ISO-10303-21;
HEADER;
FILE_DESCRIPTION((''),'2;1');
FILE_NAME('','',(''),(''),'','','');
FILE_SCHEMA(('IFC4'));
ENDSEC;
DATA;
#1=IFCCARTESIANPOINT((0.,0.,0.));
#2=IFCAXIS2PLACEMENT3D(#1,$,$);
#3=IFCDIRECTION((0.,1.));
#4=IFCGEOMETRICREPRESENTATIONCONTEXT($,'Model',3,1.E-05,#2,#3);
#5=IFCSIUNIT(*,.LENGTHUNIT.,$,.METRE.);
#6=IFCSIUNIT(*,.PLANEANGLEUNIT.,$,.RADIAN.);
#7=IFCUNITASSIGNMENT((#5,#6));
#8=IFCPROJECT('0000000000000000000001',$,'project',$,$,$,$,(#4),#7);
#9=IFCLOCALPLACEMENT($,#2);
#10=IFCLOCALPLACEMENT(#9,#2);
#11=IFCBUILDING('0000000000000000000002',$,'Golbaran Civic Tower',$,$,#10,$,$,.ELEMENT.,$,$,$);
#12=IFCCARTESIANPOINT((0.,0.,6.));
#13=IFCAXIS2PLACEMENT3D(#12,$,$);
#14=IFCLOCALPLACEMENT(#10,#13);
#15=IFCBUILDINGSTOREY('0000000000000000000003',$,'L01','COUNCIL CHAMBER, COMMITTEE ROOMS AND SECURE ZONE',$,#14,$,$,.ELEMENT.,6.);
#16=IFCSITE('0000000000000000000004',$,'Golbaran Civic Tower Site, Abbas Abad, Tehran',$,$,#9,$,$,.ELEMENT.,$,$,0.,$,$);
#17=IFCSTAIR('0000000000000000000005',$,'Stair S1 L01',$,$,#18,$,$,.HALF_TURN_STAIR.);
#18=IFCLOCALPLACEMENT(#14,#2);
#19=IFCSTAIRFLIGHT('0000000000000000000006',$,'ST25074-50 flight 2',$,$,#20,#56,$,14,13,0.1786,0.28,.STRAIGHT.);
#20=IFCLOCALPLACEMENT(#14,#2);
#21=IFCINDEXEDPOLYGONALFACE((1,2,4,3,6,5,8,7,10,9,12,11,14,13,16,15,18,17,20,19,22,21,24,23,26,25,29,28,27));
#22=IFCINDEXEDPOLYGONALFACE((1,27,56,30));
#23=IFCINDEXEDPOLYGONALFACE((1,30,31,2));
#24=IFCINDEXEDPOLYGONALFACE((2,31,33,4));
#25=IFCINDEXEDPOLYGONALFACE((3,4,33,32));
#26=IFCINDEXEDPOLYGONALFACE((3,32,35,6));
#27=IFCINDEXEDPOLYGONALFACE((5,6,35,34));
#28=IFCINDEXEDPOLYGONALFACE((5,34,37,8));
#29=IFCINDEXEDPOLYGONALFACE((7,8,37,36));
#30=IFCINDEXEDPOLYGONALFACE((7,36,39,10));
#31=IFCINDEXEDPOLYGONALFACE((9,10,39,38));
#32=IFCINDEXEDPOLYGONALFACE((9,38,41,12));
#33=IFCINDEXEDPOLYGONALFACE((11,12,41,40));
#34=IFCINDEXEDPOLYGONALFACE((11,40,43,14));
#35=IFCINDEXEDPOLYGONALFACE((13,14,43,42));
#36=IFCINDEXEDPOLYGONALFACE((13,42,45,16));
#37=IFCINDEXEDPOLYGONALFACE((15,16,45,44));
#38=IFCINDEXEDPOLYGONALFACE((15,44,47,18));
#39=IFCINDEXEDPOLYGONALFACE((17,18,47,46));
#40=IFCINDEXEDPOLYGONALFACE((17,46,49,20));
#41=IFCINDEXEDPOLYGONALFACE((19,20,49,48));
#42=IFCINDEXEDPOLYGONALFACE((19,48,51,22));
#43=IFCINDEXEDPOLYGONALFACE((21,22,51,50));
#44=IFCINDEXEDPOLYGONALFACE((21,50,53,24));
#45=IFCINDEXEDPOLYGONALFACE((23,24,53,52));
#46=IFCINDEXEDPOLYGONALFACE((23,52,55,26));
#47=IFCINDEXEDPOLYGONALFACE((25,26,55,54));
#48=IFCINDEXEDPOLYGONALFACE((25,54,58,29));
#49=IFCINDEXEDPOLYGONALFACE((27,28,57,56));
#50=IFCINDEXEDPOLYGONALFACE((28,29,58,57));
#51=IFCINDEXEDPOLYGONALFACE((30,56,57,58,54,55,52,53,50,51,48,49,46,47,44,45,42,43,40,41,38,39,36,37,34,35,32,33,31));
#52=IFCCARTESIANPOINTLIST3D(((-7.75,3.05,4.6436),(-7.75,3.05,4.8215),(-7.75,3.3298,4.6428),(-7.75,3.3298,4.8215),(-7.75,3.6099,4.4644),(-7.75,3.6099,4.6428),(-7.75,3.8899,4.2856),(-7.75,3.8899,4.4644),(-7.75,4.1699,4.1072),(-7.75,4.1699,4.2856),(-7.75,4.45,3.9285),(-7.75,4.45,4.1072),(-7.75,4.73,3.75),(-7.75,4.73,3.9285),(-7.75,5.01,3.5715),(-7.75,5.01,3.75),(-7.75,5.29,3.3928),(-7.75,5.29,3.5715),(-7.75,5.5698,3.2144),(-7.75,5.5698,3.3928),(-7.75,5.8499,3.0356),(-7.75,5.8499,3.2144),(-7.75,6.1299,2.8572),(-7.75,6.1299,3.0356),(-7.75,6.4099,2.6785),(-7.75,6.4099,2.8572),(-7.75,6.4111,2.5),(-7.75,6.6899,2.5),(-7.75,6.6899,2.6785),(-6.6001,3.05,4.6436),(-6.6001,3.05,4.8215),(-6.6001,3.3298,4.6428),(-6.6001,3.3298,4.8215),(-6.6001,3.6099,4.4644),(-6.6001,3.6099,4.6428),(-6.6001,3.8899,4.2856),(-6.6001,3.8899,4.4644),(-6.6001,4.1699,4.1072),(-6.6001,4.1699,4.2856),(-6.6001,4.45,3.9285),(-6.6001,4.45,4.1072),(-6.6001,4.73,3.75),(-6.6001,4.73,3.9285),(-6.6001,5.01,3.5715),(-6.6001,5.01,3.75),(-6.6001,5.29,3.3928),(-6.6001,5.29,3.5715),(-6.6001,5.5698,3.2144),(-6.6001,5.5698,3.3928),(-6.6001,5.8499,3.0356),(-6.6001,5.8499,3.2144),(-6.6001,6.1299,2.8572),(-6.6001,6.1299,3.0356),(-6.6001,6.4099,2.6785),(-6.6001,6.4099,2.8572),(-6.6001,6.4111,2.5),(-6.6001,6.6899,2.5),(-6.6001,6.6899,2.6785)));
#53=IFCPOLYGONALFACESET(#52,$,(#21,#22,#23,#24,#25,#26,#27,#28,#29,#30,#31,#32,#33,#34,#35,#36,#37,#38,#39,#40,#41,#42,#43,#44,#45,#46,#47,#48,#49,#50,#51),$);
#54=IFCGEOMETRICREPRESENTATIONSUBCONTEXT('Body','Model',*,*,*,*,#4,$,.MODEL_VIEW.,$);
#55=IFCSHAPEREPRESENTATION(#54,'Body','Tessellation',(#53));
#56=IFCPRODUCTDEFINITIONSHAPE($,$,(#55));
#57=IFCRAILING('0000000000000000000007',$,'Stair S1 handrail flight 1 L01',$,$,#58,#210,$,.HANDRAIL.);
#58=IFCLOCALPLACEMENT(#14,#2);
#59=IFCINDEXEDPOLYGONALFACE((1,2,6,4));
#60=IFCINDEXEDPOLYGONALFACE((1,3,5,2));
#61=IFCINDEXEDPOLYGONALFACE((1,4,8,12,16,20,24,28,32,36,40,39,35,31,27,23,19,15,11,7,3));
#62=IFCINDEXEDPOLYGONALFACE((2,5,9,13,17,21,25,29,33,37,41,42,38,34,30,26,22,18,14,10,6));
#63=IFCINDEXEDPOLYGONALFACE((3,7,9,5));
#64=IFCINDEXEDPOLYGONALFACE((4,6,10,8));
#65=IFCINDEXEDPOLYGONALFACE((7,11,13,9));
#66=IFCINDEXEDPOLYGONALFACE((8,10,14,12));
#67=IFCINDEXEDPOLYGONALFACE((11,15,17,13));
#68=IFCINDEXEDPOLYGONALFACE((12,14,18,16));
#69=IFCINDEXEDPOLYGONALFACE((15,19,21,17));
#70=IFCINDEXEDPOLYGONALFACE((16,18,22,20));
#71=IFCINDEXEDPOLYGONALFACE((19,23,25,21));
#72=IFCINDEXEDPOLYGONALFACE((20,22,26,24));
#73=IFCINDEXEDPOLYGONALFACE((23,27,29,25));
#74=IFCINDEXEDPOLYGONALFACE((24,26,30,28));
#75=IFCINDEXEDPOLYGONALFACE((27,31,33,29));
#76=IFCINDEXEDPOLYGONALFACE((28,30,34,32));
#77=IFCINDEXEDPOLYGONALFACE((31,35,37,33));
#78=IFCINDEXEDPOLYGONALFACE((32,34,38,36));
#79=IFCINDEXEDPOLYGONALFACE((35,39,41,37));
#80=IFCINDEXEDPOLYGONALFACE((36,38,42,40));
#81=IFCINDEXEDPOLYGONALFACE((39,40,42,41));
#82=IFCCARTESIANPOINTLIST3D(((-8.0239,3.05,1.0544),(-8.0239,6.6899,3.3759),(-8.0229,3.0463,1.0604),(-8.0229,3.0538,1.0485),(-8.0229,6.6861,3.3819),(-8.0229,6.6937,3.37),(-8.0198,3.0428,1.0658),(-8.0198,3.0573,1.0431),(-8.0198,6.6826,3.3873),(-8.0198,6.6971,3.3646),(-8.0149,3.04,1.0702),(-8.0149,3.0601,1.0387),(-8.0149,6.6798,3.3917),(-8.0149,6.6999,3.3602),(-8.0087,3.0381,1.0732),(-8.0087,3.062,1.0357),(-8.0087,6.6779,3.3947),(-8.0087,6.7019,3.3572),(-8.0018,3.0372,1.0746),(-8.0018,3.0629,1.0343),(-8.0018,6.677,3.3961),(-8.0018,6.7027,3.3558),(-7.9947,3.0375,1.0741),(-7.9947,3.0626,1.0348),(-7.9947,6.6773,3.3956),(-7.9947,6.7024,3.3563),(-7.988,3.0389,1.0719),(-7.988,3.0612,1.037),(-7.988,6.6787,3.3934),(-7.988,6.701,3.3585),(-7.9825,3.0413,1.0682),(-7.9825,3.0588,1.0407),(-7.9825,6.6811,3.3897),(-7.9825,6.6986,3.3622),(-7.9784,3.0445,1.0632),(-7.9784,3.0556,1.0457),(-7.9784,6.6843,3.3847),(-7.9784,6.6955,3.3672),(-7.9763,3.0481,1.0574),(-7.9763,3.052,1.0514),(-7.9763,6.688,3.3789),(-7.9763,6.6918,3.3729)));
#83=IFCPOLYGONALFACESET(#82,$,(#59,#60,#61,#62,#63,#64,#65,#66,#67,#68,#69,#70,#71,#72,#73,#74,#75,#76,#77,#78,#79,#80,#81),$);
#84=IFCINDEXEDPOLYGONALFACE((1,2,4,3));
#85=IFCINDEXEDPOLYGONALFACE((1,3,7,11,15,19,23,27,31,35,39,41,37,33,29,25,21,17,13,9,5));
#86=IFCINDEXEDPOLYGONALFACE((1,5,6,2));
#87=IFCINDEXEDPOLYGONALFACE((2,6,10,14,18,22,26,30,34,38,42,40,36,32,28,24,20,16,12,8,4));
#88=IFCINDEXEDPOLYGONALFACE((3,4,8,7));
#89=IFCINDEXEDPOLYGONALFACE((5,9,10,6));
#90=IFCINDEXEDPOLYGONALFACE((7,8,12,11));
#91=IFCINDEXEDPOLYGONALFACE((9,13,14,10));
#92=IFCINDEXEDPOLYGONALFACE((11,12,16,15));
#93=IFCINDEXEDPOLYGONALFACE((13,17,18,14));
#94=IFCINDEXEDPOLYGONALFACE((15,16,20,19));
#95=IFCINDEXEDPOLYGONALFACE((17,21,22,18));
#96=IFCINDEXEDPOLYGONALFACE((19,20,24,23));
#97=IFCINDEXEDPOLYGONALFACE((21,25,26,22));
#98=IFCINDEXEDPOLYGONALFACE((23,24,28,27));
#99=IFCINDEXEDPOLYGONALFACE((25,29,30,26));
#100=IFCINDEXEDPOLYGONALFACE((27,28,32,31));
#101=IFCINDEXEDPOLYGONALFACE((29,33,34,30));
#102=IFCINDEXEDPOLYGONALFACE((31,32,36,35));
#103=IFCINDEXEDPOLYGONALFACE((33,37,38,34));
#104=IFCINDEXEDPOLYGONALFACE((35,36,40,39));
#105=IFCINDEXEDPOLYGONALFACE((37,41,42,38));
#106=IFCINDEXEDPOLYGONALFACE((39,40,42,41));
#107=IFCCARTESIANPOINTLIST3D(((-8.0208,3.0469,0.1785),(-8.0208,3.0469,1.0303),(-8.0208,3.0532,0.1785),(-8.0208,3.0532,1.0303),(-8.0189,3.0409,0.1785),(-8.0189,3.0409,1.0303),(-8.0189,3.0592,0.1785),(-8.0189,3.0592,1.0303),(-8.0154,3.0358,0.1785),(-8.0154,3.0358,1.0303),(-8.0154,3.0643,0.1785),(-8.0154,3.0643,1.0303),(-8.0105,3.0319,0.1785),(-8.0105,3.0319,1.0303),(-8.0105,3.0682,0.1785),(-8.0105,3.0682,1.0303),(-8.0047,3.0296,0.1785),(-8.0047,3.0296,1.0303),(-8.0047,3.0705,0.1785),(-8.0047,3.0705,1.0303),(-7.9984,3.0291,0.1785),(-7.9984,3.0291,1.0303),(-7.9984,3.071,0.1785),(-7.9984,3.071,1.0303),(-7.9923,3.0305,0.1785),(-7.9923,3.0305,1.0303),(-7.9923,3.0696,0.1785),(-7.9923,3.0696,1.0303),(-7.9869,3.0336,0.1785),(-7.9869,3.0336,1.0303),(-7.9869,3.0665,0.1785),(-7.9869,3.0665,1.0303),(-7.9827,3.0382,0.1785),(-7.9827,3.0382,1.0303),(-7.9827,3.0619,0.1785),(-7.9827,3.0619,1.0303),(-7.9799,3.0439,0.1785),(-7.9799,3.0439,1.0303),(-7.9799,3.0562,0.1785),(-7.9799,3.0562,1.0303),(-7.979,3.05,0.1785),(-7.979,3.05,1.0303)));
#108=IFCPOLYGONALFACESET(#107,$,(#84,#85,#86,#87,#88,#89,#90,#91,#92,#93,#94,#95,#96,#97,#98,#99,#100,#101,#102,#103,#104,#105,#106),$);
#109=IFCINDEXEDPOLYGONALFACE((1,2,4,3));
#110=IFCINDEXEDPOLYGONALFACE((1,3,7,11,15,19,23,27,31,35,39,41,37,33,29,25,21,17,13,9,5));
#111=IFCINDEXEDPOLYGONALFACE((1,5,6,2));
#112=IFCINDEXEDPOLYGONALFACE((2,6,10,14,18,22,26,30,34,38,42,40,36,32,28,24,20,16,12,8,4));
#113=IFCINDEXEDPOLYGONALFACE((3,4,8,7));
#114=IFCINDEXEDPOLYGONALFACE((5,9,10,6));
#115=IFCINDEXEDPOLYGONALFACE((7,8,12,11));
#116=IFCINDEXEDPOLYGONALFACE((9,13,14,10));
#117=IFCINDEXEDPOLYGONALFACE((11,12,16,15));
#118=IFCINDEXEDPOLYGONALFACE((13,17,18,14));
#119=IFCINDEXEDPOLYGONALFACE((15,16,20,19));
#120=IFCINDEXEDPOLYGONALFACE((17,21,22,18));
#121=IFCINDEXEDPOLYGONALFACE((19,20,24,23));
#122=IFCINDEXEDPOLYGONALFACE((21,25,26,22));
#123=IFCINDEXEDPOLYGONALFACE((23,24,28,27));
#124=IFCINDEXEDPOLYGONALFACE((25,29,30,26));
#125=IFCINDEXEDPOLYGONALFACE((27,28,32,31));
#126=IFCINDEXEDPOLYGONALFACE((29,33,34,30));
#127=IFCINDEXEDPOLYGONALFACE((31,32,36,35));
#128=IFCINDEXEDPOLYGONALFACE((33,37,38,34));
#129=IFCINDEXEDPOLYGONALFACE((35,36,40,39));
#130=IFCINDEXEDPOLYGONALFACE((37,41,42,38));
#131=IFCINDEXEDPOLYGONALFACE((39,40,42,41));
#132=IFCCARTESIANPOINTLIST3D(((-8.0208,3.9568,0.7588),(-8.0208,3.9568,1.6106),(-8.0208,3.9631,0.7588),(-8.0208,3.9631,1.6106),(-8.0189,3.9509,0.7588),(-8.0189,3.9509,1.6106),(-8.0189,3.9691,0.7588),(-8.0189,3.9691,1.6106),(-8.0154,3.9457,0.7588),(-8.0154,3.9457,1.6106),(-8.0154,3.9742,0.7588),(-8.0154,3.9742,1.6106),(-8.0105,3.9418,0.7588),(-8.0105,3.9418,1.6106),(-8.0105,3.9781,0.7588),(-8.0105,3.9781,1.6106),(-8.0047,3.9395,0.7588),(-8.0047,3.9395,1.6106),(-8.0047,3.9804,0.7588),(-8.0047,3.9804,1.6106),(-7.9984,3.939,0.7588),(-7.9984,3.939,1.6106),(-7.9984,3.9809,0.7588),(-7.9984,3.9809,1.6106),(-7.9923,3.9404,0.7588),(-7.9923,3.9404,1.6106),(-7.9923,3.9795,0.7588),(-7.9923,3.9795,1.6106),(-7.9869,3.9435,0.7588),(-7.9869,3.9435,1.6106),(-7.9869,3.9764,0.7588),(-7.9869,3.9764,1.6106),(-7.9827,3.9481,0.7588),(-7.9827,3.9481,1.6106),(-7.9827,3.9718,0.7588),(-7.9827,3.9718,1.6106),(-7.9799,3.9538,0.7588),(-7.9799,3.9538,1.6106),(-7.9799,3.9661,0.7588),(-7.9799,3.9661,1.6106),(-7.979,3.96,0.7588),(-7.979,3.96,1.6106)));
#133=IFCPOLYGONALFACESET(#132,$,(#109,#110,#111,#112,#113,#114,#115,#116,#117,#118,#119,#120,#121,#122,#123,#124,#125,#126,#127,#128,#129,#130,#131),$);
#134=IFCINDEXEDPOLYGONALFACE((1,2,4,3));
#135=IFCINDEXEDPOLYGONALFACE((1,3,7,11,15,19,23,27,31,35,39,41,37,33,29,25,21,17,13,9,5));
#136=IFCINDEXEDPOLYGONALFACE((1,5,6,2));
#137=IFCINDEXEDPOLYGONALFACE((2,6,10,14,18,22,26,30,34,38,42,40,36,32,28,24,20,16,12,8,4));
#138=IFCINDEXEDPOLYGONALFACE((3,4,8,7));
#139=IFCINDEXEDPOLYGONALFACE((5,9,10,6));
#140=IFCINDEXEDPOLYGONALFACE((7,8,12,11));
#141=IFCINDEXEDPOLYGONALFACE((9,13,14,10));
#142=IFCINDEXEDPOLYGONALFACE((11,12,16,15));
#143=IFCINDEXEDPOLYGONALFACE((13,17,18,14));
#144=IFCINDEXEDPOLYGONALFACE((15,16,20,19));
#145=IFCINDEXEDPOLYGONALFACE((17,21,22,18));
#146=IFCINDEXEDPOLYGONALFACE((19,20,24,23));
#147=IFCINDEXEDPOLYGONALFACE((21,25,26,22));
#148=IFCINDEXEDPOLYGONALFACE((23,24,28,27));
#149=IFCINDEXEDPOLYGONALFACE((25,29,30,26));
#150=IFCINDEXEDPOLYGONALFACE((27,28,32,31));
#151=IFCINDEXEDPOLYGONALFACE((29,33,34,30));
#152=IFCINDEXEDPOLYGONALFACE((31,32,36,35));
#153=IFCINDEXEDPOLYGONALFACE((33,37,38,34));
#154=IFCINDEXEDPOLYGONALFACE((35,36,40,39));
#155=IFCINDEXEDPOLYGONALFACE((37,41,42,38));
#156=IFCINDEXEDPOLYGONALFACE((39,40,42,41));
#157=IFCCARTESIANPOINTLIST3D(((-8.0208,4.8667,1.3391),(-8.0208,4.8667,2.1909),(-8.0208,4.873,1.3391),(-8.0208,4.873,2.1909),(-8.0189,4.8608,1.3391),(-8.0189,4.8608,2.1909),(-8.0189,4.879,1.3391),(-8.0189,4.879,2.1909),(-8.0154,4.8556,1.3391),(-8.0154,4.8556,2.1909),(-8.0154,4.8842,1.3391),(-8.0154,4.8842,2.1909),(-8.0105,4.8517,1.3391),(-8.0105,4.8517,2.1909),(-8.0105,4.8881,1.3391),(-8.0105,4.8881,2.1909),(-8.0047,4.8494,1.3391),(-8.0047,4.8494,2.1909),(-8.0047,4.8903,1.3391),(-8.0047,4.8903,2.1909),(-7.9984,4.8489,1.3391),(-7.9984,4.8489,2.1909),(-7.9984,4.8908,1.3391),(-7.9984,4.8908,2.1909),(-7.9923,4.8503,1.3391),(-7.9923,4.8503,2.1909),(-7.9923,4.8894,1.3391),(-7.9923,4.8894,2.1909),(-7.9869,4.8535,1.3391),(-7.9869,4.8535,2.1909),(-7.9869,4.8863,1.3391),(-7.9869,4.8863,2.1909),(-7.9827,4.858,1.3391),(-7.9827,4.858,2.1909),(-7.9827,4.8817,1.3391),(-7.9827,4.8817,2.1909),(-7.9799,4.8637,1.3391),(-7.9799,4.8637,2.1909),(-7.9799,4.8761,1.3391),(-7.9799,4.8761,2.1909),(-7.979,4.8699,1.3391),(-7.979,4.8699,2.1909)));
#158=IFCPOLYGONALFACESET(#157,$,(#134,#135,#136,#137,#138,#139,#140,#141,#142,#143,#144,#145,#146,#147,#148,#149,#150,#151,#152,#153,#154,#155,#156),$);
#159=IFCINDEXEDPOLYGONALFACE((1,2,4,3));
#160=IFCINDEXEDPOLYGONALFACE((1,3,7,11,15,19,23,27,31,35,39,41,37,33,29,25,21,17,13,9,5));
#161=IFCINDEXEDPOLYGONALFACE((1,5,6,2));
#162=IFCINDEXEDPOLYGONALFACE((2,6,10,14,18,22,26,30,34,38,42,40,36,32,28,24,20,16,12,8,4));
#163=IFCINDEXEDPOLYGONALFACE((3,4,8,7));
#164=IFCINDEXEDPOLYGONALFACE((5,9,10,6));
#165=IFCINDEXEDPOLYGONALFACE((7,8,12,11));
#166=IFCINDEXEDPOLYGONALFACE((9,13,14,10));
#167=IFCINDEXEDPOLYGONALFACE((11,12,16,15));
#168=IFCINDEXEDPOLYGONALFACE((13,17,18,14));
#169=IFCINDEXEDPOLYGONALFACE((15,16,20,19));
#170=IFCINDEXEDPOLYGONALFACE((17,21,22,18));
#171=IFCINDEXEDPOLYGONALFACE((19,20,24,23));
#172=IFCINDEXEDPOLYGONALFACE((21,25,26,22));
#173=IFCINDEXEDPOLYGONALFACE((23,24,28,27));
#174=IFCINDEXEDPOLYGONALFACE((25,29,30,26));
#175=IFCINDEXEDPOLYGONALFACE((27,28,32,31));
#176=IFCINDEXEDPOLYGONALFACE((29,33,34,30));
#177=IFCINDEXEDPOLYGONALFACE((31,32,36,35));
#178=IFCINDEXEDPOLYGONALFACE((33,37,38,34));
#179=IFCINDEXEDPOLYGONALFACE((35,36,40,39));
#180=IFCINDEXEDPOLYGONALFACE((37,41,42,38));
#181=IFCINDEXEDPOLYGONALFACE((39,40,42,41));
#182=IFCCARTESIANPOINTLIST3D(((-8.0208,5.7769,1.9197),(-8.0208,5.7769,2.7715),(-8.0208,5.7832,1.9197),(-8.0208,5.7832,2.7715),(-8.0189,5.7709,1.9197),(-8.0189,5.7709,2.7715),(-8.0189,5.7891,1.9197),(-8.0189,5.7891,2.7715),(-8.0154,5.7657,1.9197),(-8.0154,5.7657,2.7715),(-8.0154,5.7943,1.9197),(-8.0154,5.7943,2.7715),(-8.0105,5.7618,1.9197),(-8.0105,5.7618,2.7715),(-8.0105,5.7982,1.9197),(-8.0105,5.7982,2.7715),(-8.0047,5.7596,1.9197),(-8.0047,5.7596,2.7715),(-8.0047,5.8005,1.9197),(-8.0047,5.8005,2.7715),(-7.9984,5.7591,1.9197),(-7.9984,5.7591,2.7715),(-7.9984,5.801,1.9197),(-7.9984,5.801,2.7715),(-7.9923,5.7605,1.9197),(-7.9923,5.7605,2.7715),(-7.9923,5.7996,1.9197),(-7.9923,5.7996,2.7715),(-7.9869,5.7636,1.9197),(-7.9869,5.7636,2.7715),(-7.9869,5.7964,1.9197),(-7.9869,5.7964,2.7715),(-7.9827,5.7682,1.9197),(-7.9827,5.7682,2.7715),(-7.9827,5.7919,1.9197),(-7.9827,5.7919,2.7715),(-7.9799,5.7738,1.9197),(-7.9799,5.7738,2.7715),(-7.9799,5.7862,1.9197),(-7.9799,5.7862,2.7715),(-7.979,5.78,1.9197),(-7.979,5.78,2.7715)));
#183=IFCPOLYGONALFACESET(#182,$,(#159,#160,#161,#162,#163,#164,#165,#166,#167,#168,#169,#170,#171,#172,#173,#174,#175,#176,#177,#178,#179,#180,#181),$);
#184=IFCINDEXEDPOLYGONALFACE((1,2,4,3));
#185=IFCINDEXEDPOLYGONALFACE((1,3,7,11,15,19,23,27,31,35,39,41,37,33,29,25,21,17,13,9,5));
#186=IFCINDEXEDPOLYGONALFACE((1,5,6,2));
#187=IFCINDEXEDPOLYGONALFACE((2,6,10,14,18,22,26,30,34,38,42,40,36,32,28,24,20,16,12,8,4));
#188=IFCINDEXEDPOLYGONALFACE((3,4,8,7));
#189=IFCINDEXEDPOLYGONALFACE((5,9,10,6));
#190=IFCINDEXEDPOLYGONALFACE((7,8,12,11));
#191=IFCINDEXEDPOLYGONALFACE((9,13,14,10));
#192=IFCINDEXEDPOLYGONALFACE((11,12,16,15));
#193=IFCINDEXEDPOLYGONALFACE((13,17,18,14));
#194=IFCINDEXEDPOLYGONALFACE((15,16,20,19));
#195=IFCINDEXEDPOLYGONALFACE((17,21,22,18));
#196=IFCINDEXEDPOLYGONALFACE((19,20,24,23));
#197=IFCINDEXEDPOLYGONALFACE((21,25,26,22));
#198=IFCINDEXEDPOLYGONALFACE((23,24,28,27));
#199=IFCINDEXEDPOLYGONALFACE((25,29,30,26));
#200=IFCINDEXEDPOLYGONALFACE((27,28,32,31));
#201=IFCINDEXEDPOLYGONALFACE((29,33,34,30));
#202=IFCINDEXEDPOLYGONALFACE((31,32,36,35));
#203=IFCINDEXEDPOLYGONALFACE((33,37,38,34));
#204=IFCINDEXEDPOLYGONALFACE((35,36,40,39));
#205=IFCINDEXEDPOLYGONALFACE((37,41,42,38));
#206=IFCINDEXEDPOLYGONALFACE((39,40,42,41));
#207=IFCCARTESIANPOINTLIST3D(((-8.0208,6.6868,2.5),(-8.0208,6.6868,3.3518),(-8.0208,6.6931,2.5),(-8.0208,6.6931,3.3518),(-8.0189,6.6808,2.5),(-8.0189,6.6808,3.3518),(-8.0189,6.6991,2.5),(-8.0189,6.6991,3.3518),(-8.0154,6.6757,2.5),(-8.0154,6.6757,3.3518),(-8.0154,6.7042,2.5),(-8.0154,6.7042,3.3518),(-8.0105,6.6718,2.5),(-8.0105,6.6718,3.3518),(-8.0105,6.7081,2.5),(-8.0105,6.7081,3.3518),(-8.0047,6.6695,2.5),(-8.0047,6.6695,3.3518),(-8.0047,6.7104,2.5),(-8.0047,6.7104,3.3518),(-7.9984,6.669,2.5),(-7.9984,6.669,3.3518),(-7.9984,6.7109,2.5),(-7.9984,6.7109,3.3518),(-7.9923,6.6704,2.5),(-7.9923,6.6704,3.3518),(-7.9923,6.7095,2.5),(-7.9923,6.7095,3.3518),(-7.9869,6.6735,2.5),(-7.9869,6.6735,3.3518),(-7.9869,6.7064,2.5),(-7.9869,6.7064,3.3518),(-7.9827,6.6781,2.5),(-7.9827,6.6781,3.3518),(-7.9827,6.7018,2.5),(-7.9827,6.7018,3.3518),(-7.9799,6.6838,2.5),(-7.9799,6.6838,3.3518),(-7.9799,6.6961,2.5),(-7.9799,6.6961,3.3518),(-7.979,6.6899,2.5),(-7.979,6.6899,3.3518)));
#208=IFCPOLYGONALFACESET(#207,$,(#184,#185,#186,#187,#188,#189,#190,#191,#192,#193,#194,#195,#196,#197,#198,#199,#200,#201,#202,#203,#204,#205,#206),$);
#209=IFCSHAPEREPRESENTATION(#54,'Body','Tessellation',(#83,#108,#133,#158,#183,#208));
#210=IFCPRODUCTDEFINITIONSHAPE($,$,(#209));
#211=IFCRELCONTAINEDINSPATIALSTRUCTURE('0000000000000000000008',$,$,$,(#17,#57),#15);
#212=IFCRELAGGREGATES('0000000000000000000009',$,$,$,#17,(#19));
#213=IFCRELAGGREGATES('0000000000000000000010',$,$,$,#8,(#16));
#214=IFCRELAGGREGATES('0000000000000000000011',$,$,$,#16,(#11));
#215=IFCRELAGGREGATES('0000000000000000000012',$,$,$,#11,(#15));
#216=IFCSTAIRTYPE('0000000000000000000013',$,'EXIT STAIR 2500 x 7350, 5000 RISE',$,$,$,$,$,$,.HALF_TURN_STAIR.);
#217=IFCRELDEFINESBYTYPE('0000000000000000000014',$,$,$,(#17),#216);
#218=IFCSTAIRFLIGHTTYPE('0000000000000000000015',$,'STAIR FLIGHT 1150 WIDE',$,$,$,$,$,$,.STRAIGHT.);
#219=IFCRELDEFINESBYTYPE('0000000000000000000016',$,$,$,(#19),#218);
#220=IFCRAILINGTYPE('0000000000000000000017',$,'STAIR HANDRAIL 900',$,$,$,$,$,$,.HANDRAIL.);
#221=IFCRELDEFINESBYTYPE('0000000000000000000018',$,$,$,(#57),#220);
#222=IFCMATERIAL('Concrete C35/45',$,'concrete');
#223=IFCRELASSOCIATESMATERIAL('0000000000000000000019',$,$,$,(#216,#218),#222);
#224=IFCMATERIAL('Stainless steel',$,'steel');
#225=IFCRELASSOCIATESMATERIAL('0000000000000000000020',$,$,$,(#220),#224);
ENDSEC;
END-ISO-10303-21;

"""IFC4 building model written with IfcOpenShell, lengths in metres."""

from ifc_helpers import new_model, si_unit, direction, frame, origin, origin_2d, place, context, subcontext, project, spatial, polyline, circle, outline, extrude, material, type_object, element, aggregate, save


model = new_model("IFC4")

# Units and contexts
model_context = context("Model", 3, precision=1e-05, world=origin(), true_north=direction((0.0, 1.0)))
body_context = subcontext(model_context, "Body", "Model", "MODEL_VIEW")
ifc_project = project(units=[si_unit("LENGTHUNIT", "METRE"), si_unit("PLANEANGLEUNIT", "RADIAN")], contexts=[model_context])

# Site, building, storey
site_placement = place(None, origin())
site = spatial("IfcSite", under=ifc_project, at=site_placement, Name="Golbaran Civic Tower Site, Abbas Abad, Tehran", CompositionType="ELEMENT", RefElevation=0.0)
building_placement = place(site_placement, origin())
building = spatial("IfcBuilding", under=site, at=building_placement, Name="Golbaran Civic Tower", CompositionType="ELEMENT")
storey_placement = place(building_placement, frame((0.0, 0.0, 6.0)))
storey = spatial("IfcBuildingStorey", under=building, at=storey_placement, Name="L01", Description="COUNCIL CHAMBER, COMMITTEE ROOMS AND SECURE ZONE", CompositionType="ELEMENT", Elevation=6.0)

# Stair, stair flight
ifc_material_1 = material(Name="Concrete C35/45", Category="concrete")
stair_type = type_object("IfcStairType", Name="EXIT STAIR 2500 x 7350, 5000 RISE", PredefinedType="HALF_TURN_STAIR", material=ifc_material_1)
stair_placement = place(storey_placement, origin())
stair = element("IfcStair", 1, at=stair_placement, inside=storey, type_object=stair_type, Name="Stair S1 L01", PredefinedType="HALF_TURN_STAIR")
stair_flight_type = type_object("IfcStairFlightType", Name="STAIR FLIGHT 1150 WIDE", PredefinedType="STRAIGHT", material=ifc_material_1)
stair_flight_placement = place(storey_placement, frame((-7.175, 6.6899, 2.5), z_axis=(0.0, 0.0, 1.0), x_axis=(0.0, -1.0, 0.0)))
stair_flight = element("IfcStairFlight", 2, at=stair_flight_placement, type_object=stair_flight_type, Name="ST25074-50 flight 2", NumberOfRisers=14, NumberOfTreads=13, PredefinedType="STRAIGHT", RiserHeight=0.1786, TreadLength=0.28, context=body_context, shape_type="SweptSolid", body=[
    extrude(outline(polyline([(0.0, 0.0), (0.0, 0.1785), (0.28, 0.1785), (0.28, 0.3572), (0.5601, 0.3572), (0.5601, 0.5356), (0.8401, 0.5356), (0.8401, 0.7144), (1.1201, 0.7144), (1.1201, 0.8928), (1.3999, 0.8928), (1.3999, 1.0715), (1.6799, 1.0715), (1.6799, 1.25), (1.96, 1.25), (1.96, 1.4285), (2.24, 1.4285), (2.24, 1.6072), (2.52, 1.6072), (2.52, 1.7856), (2.8, 1.7856), (2.8, 1.9644), (3.0801, 1.9644), (3.0801, 2.1428), (3.3601, 2.1428), (3.3601, 2.3215), (3.6399, 2.3215), (3.6399, 2.5), (3.6399, 2.1436), (0.2788, 0.0), (0.0, 0.0)])), frame((0.0, 0.575, 0.0), z_axis=(0.0, -1.0, 0.0), x_axis=(1.0, 0.0, 0.0)), (0.0, 0.0, 1.0), 1.1499),
])
aggregate(stair, [stair_flight])

# Railing
ifc_material_2 = material(Name="Stainless steel", Category="steel")
railing_type = type_object("IfcRailingType", Name="STAIR HANDRAIL 900", PredefinedType="HANDRAIL", material=ifc_material_2)
railing_1_placement = place(storey_placement, frame((-8.0, 3.05, 0.1785)))
element("IfcRailing", 3, at=railing_1_placement, inside=storey, type_object=railing_type, Name="Stair S1 handrail flight 1 L01", PredefinedType="HANDRAIL", context=body_context, shape_type="SweptSolid", body=[
    extrude(circle(Radius=0.0239, at=origin_2d()), frame((0.0, 0.0, 0.876), z_axis=(0.0, 0.843112, 0.537739), x_axis=(-1.0, 0.0, 0.0)), (0.0, 0.0, 1.0), 4.3171),
    extrude(circle(Radius=0.021, at=origin_2d()), origin(), (0.0, 0.0, 1.0), 0.8518),
    extrude(circle(Radius=0.021, at=origin_2d()), frame((0.0, 0.9099, 0.5803)), (0.0, 0.0, 1.0), 0.8518),
    extrude(circle(Radius=0.021, at=origin_2d()), frame((0.0, 1.8198, 1.1606)), (0.0, 0.0, 1.0), 0.8518),
    extrude(circle(Radius=0.021, at=origin_2d()), frame((0.0, 2.73, 1.7412)), (0.0, 0.0, 1.0), 0.8518),
    extrude(circle(Radius=0.021, at=origin_2d()), frame((0.0, 3.6399, 2.3215)), (0.0, 0.0, 1.0), 0.8518),
])

save(model, "model.ifc")
